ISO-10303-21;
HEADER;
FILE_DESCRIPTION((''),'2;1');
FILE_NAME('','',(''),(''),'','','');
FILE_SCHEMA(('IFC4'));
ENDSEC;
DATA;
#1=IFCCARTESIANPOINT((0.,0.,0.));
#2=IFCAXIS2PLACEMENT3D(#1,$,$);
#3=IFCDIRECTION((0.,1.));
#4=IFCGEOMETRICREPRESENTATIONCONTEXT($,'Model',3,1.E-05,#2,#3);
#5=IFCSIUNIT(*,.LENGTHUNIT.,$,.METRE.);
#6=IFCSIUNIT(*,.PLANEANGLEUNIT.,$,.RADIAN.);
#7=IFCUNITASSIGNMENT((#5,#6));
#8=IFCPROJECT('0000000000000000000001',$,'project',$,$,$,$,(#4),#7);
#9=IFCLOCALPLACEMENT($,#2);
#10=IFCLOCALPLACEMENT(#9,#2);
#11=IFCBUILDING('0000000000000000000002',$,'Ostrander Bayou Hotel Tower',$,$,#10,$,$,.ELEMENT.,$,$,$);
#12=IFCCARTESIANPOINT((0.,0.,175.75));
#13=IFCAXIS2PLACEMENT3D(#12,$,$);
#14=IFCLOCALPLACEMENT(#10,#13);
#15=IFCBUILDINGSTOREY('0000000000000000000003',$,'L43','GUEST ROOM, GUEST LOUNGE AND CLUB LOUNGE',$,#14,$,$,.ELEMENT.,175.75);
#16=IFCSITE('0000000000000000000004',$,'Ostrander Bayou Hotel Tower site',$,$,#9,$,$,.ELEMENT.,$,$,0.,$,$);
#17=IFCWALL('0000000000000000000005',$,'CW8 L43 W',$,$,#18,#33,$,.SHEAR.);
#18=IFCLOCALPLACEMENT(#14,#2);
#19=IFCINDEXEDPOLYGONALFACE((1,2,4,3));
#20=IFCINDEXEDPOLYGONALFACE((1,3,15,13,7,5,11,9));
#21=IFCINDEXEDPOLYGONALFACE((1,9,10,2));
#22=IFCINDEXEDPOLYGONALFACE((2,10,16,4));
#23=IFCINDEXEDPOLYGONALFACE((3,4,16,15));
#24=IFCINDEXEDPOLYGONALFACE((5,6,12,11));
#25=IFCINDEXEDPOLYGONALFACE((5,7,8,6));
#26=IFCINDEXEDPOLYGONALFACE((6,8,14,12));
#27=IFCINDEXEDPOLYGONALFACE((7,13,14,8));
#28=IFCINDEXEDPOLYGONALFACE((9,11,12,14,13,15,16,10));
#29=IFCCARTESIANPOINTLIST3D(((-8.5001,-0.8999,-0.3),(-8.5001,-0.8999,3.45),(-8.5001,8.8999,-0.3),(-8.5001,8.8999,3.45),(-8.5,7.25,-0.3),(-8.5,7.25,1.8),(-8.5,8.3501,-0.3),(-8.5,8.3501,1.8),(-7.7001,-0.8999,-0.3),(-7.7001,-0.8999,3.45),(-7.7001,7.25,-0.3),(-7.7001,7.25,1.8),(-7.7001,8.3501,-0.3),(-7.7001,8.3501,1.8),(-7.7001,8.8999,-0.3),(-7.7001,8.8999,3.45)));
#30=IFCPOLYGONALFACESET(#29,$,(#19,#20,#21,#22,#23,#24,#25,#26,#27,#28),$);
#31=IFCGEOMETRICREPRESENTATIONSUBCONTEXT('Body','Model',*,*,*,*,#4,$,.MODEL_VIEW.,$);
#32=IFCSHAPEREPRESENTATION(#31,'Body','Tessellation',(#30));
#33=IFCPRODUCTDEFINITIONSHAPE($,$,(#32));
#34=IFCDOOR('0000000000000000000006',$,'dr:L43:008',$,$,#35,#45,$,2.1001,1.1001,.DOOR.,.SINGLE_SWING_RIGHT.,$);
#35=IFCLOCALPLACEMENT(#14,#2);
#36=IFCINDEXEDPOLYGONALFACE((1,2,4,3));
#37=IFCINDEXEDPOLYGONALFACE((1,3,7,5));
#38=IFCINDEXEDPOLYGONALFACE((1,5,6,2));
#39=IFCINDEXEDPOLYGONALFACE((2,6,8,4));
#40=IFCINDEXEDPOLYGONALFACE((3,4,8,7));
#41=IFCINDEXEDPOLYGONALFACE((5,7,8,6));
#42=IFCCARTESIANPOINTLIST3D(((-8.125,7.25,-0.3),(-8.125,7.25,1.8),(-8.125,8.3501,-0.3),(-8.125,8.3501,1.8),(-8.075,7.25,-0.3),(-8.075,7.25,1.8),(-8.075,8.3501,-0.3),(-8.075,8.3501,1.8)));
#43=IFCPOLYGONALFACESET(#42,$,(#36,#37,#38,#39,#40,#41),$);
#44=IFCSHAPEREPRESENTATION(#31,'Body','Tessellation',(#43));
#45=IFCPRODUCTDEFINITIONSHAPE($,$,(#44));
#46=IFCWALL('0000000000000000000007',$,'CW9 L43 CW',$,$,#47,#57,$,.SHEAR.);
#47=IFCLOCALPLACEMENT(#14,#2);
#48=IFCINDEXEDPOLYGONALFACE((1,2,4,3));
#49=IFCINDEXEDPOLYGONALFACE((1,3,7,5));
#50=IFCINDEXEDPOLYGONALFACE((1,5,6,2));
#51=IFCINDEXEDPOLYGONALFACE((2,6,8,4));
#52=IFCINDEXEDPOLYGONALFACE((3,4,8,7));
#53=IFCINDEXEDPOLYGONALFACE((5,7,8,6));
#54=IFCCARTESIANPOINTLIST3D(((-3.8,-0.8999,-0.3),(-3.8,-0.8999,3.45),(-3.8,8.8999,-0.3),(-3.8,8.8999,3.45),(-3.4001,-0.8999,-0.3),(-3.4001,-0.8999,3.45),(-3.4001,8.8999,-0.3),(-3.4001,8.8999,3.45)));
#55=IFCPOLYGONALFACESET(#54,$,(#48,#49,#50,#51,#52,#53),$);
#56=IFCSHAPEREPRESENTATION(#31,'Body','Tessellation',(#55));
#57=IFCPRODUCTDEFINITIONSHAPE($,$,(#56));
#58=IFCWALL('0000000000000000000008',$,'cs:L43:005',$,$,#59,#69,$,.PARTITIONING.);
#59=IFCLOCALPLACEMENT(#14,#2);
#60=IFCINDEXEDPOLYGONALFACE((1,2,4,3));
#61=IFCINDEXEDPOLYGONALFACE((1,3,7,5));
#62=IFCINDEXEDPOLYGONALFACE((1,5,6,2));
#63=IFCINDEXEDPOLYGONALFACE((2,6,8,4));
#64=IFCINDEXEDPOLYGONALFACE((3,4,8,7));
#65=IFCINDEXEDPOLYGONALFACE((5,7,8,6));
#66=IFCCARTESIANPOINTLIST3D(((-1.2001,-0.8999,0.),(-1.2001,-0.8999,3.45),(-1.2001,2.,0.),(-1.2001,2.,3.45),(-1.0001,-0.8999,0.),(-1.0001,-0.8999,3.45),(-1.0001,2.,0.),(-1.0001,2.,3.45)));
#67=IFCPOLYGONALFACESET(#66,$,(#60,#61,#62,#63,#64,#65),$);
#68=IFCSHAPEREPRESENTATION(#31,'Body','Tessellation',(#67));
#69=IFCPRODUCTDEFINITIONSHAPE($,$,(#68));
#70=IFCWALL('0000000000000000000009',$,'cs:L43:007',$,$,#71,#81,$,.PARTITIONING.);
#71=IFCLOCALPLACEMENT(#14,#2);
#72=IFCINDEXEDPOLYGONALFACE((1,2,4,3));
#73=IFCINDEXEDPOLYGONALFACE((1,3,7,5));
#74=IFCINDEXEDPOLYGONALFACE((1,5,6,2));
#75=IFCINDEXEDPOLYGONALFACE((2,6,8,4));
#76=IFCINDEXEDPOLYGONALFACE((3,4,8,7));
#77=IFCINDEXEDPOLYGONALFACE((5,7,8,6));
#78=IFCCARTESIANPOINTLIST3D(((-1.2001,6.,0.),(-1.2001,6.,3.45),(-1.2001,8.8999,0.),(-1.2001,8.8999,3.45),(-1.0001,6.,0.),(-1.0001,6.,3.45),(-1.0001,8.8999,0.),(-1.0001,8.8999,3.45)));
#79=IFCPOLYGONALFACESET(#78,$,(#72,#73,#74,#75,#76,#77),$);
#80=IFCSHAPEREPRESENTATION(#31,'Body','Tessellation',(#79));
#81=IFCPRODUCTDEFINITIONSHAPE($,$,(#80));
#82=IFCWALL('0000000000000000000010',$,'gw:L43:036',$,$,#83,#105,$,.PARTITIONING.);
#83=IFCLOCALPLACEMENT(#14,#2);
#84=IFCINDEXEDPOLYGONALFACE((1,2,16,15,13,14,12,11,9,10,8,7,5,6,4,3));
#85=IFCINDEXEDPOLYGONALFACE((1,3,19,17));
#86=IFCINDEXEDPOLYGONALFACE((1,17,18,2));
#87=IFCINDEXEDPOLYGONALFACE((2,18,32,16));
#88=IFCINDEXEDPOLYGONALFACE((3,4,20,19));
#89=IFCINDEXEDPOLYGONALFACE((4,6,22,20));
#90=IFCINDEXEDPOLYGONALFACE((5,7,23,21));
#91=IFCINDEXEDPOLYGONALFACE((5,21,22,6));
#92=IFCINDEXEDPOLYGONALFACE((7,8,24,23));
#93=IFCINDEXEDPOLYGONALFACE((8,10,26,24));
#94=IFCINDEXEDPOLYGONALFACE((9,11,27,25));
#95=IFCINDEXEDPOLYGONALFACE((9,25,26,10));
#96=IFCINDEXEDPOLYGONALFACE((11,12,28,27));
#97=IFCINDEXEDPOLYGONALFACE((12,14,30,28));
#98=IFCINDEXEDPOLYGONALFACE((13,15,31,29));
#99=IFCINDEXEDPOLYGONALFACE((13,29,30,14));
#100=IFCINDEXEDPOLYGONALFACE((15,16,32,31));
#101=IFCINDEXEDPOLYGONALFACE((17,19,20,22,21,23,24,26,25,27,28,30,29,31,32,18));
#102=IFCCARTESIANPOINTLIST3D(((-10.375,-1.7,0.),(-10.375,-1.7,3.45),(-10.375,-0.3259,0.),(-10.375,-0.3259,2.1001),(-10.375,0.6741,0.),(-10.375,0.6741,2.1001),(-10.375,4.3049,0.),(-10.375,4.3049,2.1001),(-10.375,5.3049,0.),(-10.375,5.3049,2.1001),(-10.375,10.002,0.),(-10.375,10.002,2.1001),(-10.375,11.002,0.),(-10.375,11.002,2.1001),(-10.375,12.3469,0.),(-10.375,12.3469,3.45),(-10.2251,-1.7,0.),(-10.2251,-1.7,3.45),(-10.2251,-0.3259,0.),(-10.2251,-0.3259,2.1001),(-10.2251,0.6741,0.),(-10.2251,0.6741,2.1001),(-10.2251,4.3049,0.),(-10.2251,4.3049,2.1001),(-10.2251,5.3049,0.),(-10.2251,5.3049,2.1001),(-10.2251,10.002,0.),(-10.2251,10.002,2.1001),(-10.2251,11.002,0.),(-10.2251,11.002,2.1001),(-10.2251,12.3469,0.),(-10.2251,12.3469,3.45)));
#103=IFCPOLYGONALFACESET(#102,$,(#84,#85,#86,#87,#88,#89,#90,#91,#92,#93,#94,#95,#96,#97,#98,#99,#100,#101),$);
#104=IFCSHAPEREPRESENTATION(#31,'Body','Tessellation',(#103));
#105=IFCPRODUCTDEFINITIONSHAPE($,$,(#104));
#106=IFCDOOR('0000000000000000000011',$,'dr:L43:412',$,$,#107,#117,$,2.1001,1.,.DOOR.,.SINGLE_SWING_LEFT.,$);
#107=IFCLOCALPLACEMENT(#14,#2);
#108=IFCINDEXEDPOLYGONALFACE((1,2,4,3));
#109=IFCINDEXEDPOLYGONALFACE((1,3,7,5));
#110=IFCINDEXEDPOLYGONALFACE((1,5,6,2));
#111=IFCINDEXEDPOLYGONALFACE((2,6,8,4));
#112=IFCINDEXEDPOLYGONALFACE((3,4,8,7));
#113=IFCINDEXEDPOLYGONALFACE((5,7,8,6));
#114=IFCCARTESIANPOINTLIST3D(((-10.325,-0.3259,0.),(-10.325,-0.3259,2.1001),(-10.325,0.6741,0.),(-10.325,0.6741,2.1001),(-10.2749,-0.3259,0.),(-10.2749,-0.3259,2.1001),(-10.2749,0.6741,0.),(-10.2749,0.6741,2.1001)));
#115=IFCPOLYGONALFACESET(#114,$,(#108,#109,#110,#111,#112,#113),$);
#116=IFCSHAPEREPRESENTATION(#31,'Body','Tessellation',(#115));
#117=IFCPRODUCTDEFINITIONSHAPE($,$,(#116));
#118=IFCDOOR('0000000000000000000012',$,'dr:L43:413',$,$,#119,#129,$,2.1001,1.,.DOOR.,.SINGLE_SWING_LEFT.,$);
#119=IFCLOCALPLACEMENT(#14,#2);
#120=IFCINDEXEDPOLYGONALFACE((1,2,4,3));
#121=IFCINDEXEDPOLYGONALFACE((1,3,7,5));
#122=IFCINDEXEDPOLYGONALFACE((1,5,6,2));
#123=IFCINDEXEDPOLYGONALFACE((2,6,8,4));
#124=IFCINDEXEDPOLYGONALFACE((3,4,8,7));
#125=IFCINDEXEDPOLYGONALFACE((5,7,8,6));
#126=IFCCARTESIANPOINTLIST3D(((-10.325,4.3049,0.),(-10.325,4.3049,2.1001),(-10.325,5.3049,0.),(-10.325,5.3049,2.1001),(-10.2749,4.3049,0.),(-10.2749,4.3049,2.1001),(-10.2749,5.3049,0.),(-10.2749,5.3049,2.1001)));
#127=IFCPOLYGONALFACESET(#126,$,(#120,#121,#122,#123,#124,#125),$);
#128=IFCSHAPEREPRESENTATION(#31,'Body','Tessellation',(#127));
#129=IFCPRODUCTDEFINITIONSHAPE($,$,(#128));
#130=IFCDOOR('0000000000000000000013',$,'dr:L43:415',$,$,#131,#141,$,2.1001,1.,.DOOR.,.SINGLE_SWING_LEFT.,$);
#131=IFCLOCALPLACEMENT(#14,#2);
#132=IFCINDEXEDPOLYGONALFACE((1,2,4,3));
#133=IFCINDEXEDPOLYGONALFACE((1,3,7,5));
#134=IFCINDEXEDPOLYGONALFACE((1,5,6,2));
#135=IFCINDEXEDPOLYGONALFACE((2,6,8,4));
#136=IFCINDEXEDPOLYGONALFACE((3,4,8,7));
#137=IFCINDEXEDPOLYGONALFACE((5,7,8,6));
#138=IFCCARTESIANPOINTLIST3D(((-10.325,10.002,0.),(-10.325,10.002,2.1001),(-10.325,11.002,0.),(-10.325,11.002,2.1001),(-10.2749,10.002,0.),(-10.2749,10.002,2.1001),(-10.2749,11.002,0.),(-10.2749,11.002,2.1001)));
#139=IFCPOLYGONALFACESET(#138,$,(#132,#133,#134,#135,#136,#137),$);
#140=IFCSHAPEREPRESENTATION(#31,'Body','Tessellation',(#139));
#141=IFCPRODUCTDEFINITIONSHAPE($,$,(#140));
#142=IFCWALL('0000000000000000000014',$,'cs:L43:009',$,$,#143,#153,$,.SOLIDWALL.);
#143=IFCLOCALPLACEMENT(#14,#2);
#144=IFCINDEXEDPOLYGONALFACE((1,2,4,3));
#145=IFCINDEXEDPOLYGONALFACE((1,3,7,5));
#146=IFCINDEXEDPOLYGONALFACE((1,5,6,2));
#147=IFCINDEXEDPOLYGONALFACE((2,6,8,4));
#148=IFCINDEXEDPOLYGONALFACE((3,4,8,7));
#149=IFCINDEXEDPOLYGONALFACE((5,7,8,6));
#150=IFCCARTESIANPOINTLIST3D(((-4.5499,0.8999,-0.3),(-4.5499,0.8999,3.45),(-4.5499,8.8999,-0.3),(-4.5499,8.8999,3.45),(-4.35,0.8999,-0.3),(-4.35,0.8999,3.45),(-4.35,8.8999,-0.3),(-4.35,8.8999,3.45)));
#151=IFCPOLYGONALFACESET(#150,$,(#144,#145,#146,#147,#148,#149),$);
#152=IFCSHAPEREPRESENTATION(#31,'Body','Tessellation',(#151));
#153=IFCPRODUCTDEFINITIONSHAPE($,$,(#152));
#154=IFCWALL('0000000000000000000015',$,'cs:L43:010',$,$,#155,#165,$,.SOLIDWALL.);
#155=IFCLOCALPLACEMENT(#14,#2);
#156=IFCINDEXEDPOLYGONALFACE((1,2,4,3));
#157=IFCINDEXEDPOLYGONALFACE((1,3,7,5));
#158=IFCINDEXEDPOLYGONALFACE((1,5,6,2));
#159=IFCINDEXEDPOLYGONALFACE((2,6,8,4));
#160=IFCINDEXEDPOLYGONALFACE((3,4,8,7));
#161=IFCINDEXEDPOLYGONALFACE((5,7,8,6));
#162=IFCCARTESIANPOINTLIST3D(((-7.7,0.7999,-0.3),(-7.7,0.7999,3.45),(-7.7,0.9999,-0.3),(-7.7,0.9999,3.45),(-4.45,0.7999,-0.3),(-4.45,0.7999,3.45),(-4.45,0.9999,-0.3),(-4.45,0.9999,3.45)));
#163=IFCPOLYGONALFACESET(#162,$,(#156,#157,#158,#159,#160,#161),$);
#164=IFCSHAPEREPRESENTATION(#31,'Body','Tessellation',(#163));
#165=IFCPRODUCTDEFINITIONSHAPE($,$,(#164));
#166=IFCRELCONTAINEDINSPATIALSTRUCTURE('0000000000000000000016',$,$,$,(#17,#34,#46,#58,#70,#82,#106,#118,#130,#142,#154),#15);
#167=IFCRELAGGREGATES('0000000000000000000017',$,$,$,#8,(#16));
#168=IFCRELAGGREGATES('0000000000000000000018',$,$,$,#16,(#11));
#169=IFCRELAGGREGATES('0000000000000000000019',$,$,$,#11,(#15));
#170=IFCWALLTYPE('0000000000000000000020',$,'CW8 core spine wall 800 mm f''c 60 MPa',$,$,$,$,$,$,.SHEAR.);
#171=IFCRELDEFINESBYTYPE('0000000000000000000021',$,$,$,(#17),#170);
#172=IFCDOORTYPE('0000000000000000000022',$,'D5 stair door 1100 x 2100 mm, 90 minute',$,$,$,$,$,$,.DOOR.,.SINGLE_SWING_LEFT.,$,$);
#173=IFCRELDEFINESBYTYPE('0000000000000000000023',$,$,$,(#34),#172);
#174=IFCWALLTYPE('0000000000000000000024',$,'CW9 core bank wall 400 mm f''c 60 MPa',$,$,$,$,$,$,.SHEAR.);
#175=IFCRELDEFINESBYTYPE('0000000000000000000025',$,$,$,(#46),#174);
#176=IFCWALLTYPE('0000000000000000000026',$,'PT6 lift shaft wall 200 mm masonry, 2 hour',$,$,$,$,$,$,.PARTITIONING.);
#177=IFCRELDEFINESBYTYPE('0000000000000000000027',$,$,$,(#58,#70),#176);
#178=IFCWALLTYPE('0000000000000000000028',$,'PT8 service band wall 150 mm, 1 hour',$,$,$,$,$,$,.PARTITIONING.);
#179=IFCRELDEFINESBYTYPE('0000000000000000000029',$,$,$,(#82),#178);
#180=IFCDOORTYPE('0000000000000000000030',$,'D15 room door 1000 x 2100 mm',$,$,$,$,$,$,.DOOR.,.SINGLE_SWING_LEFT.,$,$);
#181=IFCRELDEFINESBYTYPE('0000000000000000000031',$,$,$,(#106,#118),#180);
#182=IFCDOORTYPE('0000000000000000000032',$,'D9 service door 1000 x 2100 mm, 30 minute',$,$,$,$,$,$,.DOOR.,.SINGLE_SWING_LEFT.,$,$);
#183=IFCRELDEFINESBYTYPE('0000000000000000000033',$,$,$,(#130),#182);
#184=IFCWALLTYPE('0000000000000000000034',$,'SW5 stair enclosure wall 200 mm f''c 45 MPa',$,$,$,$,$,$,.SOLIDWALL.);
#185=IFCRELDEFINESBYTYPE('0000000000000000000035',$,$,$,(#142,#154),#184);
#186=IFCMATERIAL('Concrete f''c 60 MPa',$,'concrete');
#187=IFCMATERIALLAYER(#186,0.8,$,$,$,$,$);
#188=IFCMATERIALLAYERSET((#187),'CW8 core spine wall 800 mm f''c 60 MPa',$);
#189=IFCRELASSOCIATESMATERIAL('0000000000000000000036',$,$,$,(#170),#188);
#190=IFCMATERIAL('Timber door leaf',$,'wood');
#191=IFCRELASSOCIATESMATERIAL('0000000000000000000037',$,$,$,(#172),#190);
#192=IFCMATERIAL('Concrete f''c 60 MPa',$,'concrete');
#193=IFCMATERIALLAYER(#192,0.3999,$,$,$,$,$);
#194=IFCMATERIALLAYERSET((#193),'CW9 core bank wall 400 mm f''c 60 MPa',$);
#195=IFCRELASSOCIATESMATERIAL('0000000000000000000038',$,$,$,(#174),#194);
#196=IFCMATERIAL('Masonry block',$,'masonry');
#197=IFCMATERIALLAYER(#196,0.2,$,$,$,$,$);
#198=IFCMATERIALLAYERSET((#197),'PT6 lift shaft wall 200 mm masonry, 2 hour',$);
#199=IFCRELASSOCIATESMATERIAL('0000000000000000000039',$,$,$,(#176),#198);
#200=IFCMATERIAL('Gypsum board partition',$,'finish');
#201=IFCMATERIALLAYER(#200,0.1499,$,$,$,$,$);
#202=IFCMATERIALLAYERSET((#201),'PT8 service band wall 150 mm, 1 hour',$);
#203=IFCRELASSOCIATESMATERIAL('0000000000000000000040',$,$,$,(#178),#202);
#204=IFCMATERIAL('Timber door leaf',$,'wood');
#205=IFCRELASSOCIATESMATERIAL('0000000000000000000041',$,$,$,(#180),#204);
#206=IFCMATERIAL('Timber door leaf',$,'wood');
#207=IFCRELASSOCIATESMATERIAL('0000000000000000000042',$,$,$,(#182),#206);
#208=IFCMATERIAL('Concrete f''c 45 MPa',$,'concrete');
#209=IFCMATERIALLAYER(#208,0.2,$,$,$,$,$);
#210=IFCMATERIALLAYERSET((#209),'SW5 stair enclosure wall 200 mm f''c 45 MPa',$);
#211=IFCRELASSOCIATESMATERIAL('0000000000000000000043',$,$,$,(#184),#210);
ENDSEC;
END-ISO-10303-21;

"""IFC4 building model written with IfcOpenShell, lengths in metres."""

from ifc_helpers import new_model, si_unit, direction, frame, frame_2d, origin, place, context, subcontext, project, spatial, rectangle, extrude, material, layer, layer_set, type_object, element, fill, save


model = new_model("IFC4")

# Units and contexts
model_context = context("Model", 3, precision=1e-05, world=origin(), true_north=direction((0.0, 1.0)))
body_context = subcontext(model_context, "Body", "Model", "MODEL_VIEW")
ifc_project = project(units=[si_unit("LENGTHUNIT", "METRE"), si_unit("PLANEANGLEUNIT", "RADIAN")], contexts=[model_context])

# Site, building, storey
site_placement = place(None, origin())
site = spatial("IfcSite", under=ifc_project, at=site_placement, Name="Ostrander Bayou Hotel Tower site", CompositionType="ELEMENT", RefElevation=0.0)
building_placement = place(site_placement, origin())
building = spatial("IfcBuilding", under=site, at=building_placement, Name="Ostrander Bayou Hotel Tower", CompositionType="ELEMENT")
storey_placement = place(building_placement, frame((0.0, 0.0, 175.75)))
storey = spatial("IfcBuildingStorey", under=building, at=storey_placement, Name="L43", Description="GUEST ROOM, GUEST LOUNGE AND CLUB LOUNGE", CompositionType="ELEMENT", Elevation=175.75)

# Wall, opening, door
ifc_material_1 = material(Name="Concrete f'c 60 MPa", Category="concrete")
ifc_layer_1 = layer(ifc_material_1, 0.8)
ifc_layer_set_1 = layer_set([ifc_layer_1], Name="CW8 core spine wall 800 mm f'c 60 MPa")
wall_type_1 = type_object("IfcWallType", Name="CW8 core spine wall 800 mm f'c 60 MPa", PredefinedType="SHEAR", material=ifc_layer_set_1)
wall_1_placement = place(storey_placement, frame((-8.1001, -0.8999, -0.3), z_axis=(0.0, 0.0, 1.0), x_axis=(0.0, 1.0, 0.0)))
wall_1 = element("IfcWall", 1, at=wall_1_placement, inside=storey, type_object=wall_type_1, Name="CW8 L43 W", PredefinedType="SHEAR", context=body_context, shape_type="SweptSolid", body=[
    extrude(rectangle(XDim=9.7998, YDim=0.8, at=frame_2d((4.8999, 0.0))), origin(), (0.0, 0.0, 1.0), 3.75),
])
opening_1_placement = place(wall_1_placement, frame((8.1499, 0.0, 0.0)))
opening_1 = element("IfcOpeningElement", 2, at=opening_1_placement, cuts=wall_1, PredefinedType="OPENING", context=body_context, shape_type="SweptSolid", body=[
    extrude(rectangle(XDim=1.1001, YDim=2.1001, at=frame_2d((0.55, 1.05))), frame((0.0, 0.3999, 0.0), z_axis=(0.0, -1.0, 0.0), x_axis=(1.0, 0.0, 0.0)), (0.0, 0.0, 1.0), 0.8),
])
ifc_material_2 = material(Name="Timber door leaf", Category="wood")
door_type_1 = type_object("IfcDoorType", Name="D5 stair door 1100 x 2100 mm, 90 minute", OperationType="SINGLE_SWING_LEFT", PredefinedType="DOOR", material=ifc_material_2)
door_1_placement = place(opening_1_placement, origin())
door_1 = element("IfcDoor", 3, at=door_1_placement, inside=storey, type_object=door_type_1, Name="dr:L43:008", OperationType="SINGLE_SWING_RIGHT", OverallHeight=2.1001, OverallWidth=1.1001, PredefinedType="DOOR", context=body_context, shape_type="SweptSolid", body=[
    extrude(rectangle(XDim=1.1001, YDim=2.1001, at=frame_2d((0.55, 1.05))), frame((0.0, 0.0249, 0.0), z_axis=(0.0, -1.0, 0.0), x_axis=(1.0, 0.0, 0.0)), (0.0, 0.0, 1.0), 0.05),
])
fill(opening_1, door_1)

# Wall
ifc_material_3 = material(Name="Concrete f'c 60 MPa", Category="concrete")
ifc_layer_2 = layer(ifc_material_3, 0.3999)
ifc_layer_set_2 = layer_set([ifc_layer_2], Name="CW9 core bank wall 400 mm f'c 60 MPa")
wall_type_2 = type_object("IfcWallType", Name="CW9 core bank wall 400 mm f'c 60 MPa", PredefinedType="SHEAR", material=ifc_layer_set_2)
wall_2_placement = place(storey_placement, frame((-3.6001, -0.8999, -0.3), z_axis=(0.0, 0.0, 1.0), x_axis=(0.0, 1.0, 0.0)))
element("IfcWall", 4, at=wall_2_placement, inside=storey, type_object=wall_type_2, Name="CW9 L43 CW", PredefinedType="SHEAR", context=body_context, shape_type="SweptSolid", body=[
    extrude(rectangle(XDim=9.7998, YDim=0.3999, at=frame_2d((4.8999, 0.0))), origin(), (0.0, 0.0, 1.0), 3.75),
])

# Shared definitions
ifc_material_4 = material(Name="Masonry block", Category="masonry")
ifc_layer_3 = layer(ifc_material_4, 0.2)
ifc_layer_set_3 = layer_set([ifc_layer_3], Name="PT6 lift shaft wall 200 mm masonry, 2 hour")
wall_type_3 = type_object("IfcWallType", Name="PT6 lift shaft wall 200 mm masonry, 2 hour", PredefinedType="PARTITIONING", material=ifc_layer_set_3)

# Walls
for number, where, z_axis, x_axis, name in (
    (5, (-1.1001, -0.8999, 0.0), (0.0, 0.0, 1.0), (0.0, 1.0, 0.0), "cs:L43:005"),
    (6, (-1.1001, 6.0, 0.0), (0.0, 0.0, 1.0), (0.0, 1.0, 0.0), "cs:L43:007"),
):
    element("IfcWall", number, at=place(storey_placement, frame(where, z_axis=z_axis, x_axis=x_axis)), inside=storey, type_object=wall_type_3, Name=name, PredefinedType="PARTITIONING", context=body_context, shape_type="SweptSolid", body=[
        extrude(rectangle(XDim=2.8999, YDim=0.2, at=frame_2d((1.45, 0.0))), origin(), (0.0, 0.0, 1.0), 3.45),
    ])

# Wall, openings, doors
ifc_material_5 = material(Name="Gypsum board partition", Category="finish")
ifc_layer_4 = layer(ifc_material_5, 0.1499)
ifc_layer_set_4 = layer_set([ifc_layer_4], Name="PT8 service band wall 150 mm, 1 hour")
wall_type_4 = type_object("IfcWallType", Name="PT8 service band wall 150 mm, 1 hour", PredefinedType="PARTITIONING", material=ifc_layer_set_4)
wall_3_placement = place(storey_placement, frame((-10.3, -1.7, 0.0), z_axis=(0.0, 0.0, 1.0), x_axis=(0.0, 1.0, 0.0)))
wall_3 = element("IfcWall", 7, at=wall_3_placement, inside=storey, type_object=wall_type_4, Name="gw:L43:036", PredefinedType="PARTITIONING", context=body_context, shape_type="SweptSolid", body=[
    extrude(rectangle(XDim=14.0469, YDim=0.1499, at=frame_2d((7.0234, 0.0))), origin(), (0.0, 0.0, 1.0), 3.45),
])
opening_2_placement = place(wall_3_placement, frame((1.374, 0.0, 0.0)))
opening_2 = element("IfcOpeningElement", 8, at=opening_2_placement, cuts=wall_3, PredefinedType="OPENING", context=body_context, shape_type="SweptSolid", body=[
    extrude(rectangle(XDim=1.0, YDim=2.1001, at=frame_2d((0.5, 1.05))), frame((0.0, 0.075, 0.0), z_axis=(0.0, -1.0, 0.0), x_axis=(1.0, 0.0, 0.0)), (0.0, 0.0, 1.0), 0.1499),
])
opening_3_placement = place(wall_3_placement, frame((6.0049, 0.0, 0.0)))
opening_3 = element("IfcOpeningElement", 9, at=opening_3_placement, cuts=wall_3, PredefinedType="OPENING", context=body_context, shape_type="SweptSolid", body=[
    extrude(rectangle(XDim=1.0, YDim=2.1001, at=frame_2d((0.5, 1.05))), frame((0.0, 0.075, 0.0), z_axis=(0.0, -1.0, 0.0), x_axis=(1.0, 0.0, 0.0)), (0.0, 0.0, 1.0), 0.1499),
])
opening_4_placement = place(wall_3_placement, frame((11.7019, 0.0, 0.0)))
opening_4 = element("IfcOpeningElement", 10, at=opening_4_placement, cuts=wall_3, PredefinedType="OPENING", context=body_context, shape_type="SweptSolid", body=[
    extrude(rectangle(XDim=1.0, YDim=2.1001, at=frame_2d((0.5, 1.05))), frame((0.0, 0.075, 0.0), z_axis=(0.0, -1.0, 0.0), x_axis=(1.0, 0.0, 0.0)), (0.0, 0.0, 1.0), 0.1499),
])
ifc_material_6 = material(Name="Timber door leaf", Category="wood")
door_type_2 = type_object("IfcDoorType", Name="D15 room door 1000 x 2100 mm", OperationType="SINGLE_SWING_LEFT", PredefinedType="DOOR", material=ifc_material_6)
door_2_placement = place(opening_2_placement, origin())
door_2 = element("IfcDoor", 11, at=door_2_placement, inside=storey, type_object=door_type_2, Name="dr:L43:412", OperationType="SINGLE_SWING_LEFT", OverallHeight=2.1001, OverallWidth=1.0, PredefinedType="DOOR", context=body_context, shape_type="SweptSolid", body=[
    extrude(rectangle(XDim=1.0, YDim=2.1001, at=frame_2d((0.5, 1.05))), frame((0.0, 0.0249, 0.0), z_axis=(0.0, -1.0, 0.0), x_axis=(1.0, 0.0, 0.0)), (0.0, 0.0, 1.0), 0.05),
])
fill(opening_2, door_2)
door_3_placement = place(opening_3_placement, origin())
door_3 = element("IfcDoor", 12, at=door_3_placement, inside=storey, type_object=door_type_2, Name="dr:L43:413", OperationType="SINGLE_SWING_LEFT", OverallHeight=2.1001, OverallWidth=1.0, PredefinedType="DOOR", context=body_context, shape_type="SweptSolid", body=[
    extrude(rectangle(XDim=1.0, YDim=2.1001, at=frame_2d((0.5, 1.05))), frame((0.0, 0.0249, 0.0), z_axis=(0.0, -1.0, 0.0), x_axis=(1.0, 0.0, 0.0)), (0.0, 0.0, 1.0), 0.05),
])
fill(opening_3, door_3)
ifc_material_7 = material(Name="Timber door leaf", Category="wood")
door_type_3 = type_object("IfcDoorType", Name="D9 service door 1000 x 2100 mm, 30 minute", OperationType="SINGLE_SWING_LEFT", PredefinedType="DOOR", material=ifc_material_7)
door_4_placement = place(opening_4_placement, origin())
door_4 = element("IfcDoor", 13, at=door_4_placement, inside=storey, type_object=door_type_3, Name="dr:L43:415", OperationType="SINGLE_SWING_LEFT", OverallHeight=2.1001, OverallWidth=1.0, PredefinedType="DOOR", context=body_context, shape_type="SweptSolid", body=[
    extrude(rectangle(XDim=1.0, YDim=2.1001, at=frame_2d((0.5, 1.05))), frame((0.0, 0.0249, 0.0), z_axis=(0.0, -1.0, 0.0), x_axis=(1.0, 0.0, 0.0)), (0.0, 0.0, 1.0), 0.05),
])
fill(opening_4, door_4)

# Walls
ifc_material_8 = material(Name="Concrete f'c 45 MPa", Category="concrete")
ifc_layer_5 = layer(ifc_material_8, 0.2)
ifc_layer_set_5 = layer_set([ifc_layer_5], Name="SW5 stair enclosure wall 200 mm f'c 45 MPa")
wall_type_5 = type_object("IfcWallType", Name="SW5 stair enclosure wall 200 mm f'c 45 MPa", PredefinedType="SOLIDWALL", material=ifc_layer_set_5)
wall_4_placement = place(storey_placement, frame((-4.45, 0.8999, -0.3), z_axis=(0.0, 0.0, 1.0), x_axis=(0.0, 1.0, 0.0)))
element("IfcWall", 14, at=wall_4_placement, inside=storey, type_object=wall_type_5, Name="cs:L43:009", PredefinedType="SOLIDWALL", context=body_context, shape_type="SweptSolid", body=[
    extrude(rectangle(XDim=8.0, YDim=0.2, at=frame_2d((4.0, 0.0))), origin(), (0.0, 0.0, 1.0), 3.75),
])
wall_5_placement = place(storey_placement, frame((-7.7, 0.8999, -0.3), z_axis=(0.0, 0.0, 1.0), x_axis=(1.0, 0.0, 0.0)))
element("IfcWall", 15, at=wall_5_placement, inside=storey, type_object=wall_type_5, Name="cs:L43:010", PredefinedType="SOLIDWALL", context=body_context, shape_type="SweptSolid", body=[
    extrude(rectangle(XDim=3.25, YDim=0.2, at=frame_2d((1.625, 0.0))), origin(), (0.0, 0.0, 1.0), 3.75),
])

save(model, "model.ifc")
